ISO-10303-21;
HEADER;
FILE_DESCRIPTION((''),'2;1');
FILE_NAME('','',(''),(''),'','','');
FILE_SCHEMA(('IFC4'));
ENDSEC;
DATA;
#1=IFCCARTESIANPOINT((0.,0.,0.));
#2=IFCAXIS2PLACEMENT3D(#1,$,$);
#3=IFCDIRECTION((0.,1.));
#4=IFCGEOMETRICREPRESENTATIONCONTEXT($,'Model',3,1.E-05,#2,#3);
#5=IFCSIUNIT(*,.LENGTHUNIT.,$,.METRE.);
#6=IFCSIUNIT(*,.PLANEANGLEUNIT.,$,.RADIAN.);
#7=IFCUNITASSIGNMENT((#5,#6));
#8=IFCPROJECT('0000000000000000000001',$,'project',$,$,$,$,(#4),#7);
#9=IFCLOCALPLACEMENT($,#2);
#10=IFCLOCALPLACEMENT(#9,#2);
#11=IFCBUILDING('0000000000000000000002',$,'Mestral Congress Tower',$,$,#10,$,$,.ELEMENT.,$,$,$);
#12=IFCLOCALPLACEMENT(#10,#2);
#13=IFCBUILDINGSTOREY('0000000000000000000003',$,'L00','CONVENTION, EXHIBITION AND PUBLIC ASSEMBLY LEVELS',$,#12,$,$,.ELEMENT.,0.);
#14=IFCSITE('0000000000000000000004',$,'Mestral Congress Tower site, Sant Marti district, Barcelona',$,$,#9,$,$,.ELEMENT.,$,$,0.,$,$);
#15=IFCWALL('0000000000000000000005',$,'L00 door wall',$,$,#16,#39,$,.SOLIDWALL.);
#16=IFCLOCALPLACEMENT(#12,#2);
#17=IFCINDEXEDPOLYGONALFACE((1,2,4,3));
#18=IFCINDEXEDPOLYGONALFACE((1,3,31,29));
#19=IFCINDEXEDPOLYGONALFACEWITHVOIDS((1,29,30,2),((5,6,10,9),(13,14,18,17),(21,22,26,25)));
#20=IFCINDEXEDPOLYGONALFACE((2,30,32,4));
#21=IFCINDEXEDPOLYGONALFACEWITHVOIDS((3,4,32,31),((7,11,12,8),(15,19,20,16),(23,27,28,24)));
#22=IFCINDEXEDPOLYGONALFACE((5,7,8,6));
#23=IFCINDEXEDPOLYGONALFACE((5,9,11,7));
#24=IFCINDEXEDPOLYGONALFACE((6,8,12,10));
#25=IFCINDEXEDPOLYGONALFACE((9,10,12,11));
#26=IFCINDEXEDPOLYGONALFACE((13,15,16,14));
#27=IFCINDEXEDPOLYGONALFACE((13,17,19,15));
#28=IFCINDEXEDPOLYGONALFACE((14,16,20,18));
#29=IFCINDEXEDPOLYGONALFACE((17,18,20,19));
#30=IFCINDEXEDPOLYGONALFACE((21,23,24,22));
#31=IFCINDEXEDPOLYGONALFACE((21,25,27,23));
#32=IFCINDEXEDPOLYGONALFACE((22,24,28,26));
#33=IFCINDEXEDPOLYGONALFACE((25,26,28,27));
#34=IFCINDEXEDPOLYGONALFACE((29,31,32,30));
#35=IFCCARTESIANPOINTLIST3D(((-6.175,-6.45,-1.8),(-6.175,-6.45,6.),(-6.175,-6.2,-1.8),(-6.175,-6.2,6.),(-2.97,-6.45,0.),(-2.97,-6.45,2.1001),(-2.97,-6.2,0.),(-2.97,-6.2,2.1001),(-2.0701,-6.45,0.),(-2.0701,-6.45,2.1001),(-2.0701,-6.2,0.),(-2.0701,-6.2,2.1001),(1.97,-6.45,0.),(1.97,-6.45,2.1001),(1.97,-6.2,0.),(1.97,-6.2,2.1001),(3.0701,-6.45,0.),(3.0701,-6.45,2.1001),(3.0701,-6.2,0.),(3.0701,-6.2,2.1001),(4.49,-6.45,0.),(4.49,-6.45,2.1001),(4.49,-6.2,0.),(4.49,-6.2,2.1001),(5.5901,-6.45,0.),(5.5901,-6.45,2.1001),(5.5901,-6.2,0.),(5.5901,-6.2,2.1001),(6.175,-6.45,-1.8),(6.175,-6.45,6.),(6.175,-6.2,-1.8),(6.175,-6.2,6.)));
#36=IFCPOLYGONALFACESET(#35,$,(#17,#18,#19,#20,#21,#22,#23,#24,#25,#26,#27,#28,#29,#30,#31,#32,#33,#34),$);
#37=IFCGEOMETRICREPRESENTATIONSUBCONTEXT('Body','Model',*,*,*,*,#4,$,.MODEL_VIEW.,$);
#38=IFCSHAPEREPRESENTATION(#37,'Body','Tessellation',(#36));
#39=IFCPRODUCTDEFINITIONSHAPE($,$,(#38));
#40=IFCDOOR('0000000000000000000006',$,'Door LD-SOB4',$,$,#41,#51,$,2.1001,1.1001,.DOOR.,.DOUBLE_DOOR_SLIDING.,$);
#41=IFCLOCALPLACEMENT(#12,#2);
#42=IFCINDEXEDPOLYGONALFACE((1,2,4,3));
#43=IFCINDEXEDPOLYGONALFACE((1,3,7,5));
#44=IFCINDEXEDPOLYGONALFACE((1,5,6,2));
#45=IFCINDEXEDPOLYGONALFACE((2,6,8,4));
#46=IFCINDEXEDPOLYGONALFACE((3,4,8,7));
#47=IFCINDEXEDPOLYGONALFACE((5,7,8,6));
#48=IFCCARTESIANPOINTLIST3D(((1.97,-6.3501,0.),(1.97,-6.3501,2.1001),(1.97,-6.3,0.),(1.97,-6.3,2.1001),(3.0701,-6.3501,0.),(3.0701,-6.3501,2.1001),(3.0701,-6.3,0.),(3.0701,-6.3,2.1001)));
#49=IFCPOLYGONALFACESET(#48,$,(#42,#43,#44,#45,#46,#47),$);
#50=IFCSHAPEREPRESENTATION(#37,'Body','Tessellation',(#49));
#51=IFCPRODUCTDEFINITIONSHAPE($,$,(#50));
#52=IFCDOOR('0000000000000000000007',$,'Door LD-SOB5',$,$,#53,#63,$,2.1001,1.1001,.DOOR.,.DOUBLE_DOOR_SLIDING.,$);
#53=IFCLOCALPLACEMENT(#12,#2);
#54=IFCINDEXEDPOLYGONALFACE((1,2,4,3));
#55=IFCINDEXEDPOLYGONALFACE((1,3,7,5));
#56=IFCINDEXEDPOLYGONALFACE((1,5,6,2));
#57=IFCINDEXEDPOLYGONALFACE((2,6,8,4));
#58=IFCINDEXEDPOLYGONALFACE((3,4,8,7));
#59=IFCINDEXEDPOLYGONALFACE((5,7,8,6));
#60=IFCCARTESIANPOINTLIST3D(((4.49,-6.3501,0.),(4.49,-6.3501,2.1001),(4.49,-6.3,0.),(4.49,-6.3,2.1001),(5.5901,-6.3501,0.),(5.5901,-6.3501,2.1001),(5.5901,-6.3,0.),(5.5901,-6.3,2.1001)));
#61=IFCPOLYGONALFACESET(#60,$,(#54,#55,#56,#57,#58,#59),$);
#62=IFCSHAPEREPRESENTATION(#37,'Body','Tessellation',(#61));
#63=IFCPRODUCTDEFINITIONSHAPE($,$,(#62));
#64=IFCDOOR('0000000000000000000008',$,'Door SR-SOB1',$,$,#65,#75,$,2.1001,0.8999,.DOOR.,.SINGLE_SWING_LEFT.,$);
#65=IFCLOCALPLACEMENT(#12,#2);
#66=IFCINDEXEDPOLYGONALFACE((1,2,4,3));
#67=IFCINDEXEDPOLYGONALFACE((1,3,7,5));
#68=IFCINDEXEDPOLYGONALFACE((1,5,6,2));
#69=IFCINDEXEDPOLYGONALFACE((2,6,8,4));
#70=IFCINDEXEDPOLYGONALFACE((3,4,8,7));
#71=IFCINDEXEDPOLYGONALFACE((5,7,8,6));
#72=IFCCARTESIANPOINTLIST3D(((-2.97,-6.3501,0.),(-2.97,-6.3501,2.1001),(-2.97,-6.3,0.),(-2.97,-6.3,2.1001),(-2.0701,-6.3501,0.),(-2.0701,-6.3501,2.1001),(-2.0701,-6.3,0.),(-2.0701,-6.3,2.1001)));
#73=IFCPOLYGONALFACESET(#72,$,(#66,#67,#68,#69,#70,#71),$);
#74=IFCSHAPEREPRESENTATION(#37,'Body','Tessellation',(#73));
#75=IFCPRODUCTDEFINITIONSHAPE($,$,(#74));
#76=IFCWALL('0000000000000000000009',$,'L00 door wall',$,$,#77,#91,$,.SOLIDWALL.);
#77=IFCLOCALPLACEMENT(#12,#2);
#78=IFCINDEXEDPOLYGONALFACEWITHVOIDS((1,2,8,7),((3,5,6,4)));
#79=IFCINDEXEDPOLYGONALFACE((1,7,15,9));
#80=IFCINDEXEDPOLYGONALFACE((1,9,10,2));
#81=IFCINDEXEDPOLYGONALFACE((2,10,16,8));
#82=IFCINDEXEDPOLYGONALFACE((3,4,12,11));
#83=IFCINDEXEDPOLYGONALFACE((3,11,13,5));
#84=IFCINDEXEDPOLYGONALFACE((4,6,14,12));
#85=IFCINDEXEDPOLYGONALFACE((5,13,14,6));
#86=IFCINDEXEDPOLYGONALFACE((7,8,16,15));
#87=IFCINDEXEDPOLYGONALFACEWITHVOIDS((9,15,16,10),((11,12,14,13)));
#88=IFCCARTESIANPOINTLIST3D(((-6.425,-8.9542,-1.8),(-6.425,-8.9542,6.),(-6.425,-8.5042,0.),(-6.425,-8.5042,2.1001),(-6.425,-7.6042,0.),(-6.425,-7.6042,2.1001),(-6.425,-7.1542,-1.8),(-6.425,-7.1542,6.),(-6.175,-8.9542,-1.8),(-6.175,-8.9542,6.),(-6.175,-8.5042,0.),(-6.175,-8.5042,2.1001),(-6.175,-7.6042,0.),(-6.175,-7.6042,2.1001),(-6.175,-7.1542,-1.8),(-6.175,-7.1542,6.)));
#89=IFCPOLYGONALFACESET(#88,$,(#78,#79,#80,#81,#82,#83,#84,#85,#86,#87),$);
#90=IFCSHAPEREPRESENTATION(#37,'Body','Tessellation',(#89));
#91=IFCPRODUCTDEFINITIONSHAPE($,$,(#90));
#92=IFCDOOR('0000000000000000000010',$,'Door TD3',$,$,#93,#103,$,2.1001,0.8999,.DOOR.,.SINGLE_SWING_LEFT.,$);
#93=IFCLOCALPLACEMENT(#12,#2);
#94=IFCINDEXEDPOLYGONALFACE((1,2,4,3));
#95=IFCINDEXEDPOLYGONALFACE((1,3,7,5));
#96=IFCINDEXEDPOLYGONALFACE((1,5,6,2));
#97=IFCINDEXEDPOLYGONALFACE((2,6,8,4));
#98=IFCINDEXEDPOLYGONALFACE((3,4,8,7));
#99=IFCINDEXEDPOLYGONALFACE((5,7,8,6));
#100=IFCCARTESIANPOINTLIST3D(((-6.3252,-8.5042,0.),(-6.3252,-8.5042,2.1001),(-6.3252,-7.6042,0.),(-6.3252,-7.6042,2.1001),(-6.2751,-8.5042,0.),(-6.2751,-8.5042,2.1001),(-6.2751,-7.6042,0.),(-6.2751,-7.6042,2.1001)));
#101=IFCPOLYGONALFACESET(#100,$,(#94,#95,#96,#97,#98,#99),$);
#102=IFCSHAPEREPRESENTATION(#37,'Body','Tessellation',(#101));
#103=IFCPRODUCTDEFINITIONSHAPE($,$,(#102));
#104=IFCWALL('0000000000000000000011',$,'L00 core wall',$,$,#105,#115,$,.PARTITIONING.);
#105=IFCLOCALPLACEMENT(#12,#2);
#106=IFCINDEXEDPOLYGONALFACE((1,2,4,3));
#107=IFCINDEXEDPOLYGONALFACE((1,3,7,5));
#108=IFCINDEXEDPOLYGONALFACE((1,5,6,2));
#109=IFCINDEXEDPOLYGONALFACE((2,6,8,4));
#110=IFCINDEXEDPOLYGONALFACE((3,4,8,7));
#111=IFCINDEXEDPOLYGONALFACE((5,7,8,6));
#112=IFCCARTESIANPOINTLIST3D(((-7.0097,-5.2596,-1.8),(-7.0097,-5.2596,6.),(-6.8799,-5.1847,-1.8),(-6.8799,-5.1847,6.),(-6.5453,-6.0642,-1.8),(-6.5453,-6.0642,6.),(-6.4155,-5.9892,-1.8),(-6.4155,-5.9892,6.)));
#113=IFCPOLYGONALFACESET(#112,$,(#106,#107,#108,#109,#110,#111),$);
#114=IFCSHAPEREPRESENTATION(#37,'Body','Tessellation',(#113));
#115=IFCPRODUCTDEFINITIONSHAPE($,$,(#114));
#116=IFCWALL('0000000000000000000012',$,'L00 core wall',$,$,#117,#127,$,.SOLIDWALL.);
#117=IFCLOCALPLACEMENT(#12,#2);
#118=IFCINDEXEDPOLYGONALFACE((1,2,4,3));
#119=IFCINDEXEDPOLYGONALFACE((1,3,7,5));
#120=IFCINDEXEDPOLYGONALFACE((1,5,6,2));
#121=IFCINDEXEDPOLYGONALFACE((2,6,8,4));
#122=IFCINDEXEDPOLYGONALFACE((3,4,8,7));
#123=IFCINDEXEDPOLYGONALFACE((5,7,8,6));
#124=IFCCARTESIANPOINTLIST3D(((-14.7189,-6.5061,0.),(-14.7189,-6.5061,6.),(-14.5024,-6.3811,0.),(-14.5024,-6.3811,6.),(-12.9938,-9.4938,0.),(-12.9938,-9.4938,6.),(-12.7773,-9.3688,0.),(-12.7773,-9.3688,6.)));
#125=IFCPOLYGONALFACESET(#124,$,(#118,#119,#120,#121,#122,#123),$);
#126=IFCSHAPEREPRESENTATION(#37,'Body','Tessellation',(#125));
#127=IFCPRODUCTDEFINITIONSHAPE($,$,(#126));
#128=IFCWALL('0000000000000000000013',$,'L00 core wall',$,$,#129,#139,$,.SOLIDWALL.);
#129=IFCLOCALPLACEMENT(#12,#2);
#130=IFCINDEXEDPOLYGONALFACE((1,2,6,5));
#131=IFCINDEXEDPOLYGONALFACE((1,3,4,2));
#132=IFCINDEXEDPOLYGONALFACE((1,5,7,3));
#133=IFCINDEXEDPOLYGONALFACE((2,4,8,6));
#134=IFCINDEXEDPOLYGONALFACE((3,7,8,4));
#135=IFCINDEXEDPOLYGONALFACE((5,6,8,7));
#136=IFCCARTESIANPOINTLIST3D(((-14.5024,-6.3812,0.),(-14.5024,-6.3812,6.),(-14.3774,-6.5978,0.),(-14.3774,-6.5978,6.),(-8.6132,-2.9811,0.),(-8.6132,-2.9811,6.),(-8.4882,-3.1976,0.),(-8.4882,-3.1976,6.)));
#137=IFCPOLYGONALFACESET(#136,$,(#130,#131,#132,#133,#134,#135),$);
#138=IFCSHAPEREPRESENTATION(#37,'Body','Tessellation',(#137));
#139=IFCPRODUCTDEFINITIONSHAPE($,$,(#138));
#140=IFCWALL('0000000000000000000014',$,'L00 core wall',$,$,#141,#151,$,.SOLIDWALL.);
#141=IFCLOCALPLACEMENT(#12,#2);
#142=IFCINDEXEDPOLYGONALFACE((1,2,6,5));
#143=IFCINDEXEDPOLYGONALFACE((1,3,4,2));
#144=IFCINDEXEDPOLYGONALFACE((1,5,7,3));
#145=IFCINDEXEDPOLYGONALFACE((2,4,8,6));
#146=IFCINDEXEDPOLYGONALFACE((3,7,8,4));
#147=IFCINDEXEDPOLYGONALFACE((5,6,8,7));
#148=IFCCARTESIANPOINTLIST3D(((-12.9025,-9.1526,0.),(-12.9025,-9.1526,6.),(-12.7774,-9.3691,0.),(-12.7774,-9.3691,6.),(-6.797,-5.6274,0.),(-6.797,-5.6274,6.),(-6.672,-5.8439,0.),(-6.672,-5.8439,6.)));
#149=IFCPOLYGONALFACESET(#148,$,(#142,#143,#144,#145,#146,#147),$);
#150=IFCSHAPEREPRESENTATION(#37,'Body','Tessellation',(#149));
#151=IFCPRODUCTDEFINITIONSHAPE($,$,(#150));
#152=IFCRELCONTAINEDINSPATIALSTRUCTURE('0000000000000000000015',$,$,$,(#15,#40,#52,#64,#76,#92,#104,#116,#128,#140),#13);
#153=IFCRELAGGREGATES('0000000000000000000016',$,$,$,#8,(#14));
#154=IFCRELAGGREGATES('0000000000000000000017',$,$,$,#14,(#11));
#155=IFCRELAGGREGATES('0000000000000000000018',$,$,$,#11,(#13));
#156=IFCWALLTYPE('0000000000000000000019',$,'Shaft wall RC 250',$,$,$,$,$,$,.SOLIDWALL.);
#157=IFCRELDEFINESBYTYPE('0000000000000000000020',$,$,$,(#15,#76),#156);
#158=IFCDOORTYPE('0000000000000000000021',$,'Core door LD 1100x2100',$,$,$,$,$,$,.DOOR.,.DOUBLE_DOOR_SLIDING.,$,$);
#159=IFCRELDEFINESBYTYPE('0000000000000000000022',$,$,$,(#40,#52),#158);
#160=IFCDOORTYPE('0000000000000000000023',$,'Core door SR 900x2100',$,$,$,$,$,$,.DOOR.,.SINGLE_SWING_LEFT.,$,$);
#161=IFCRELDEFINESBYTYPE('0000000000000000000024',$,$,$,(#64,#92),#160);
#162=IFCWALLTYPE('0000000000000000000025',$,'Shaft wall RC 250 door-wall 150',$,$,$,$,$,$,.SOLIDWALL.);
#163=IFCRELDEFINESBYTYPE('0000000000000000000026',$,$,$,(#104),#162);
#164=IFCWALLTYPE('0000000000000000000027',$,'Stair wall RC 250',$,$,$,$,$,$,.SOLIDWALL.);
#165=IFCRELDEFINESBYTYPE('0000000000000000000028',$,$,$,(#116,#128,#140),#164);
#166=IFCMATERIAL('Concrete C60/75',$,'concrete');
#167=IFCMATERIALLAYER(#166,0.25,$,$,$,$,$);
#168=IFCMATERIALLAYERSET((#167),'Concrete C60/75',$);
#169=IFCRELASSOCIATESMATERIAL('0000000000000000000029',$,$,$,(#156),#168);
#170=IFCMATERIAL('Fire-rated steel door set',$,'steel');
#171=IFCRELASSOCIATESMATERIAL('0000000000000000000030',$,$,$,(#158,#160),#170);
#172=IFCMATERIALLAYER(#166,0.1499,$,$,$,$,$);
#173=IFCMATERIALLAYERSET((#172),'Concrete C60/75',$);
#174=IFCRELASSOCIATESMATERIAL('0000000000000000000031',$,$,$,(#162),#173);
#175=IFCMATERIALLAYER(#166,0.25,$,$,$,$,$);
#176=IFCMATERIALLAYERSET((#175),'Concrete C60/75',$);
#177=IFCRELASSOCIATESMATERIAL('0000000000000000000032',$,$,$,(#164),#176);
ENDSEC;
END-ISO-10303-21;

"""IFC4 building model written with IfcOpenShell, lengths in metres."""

from ifc_helpers import new_model, si_unit, direction, frame, frame_2d, origin, place, context, subcontext, project, spatial, rectangle, extrude, material, layer, layer_set, type_object, element, fill, save


model = new_model("IFC4")

# Units and contexts
model_context = context("Model", 3, precision=1e-05, world=origin(), true_north=direction((0.0, 1.0)))
body_context = subcontext(model_context, "Body", "Model", "MODEL_VIEW")
ifc_project = project(units=[si_unit("LENGTHUNIT", "METRE"), si_unit("PLANEANGLEUNIT", "RADIAN")], contexts=[model_context])

# Site, building, storey
site_placement = place(None, origin())
site = spatial("IfcSite", under=ifc_project, at=site_placement, Name="Mestral Congress Tower site, Sant Marti district, Barcelona", CompositionType="ELEMENT", RefElevation=0.0)
building_placement = place(site_placement, origin())
building = spatial("IfcBuilding", under=site, at=building_placement, Name="Mestral Congress Tower", CompositionType="ELEMENT")
storey_placement = place(building_placement, origin())
storey = spatial("IfcBuildingStorey", under=building, at=storey_placement, Name="L00", Description="CONVENTION, EXHIBITION AND PUBLIC ASSEMBLY LEVELS", CompositionType="ELEMENT", Elevation=0.0)

# Shared definitions
ifc_material_1 = material(Name="Concrete C60/75", Category="concrete")
ifc_layer_1 = layer(ifc_material_1, 0.25)
ifc_layer_set_1 = layer_set([ifc_layer_1], Name="Concrete C60/75")
wall_type_1 = type_object("IfcWallType", Name="Shaft wall RC 250", PredefinedType="SOLIDWALL", material=ifc_layer_set_1)

# Wall, openings, doors
ifc_material_2 = material(Name="Fire-rated steel door set", Category="steel")
door_type_1 = type_object("IfcDoorType", Name="Core door LD 1100x2100", OperationType="DOUBLE_DOOR_SLIDING", PredefinedType="DOOR", material=ifc_material_2)
wall_1_placement = place(storey_placement, frame((-6.175, -6.325, -1.8), z_axis=(0.0, 0.0, 1.0), x_axis=(1.0, 0.0, 0.0)))
wall_1 = element("IfcWall", 1, at=wall_1_placement, inside=storey, type_object=wall_type_1, Name="L00 door wall", PredefinedType="SOLIDWALL", context=body_context, shape_type="SweptSolid", body=[
    extrude(rectangle(XDim=12.3501, YDim=0.25, at=frame_2d((6.175, 0.0))), origin(), (0.0, 0.0, 1.0), 7.8),
])
opening_1_placement = place(wall_1_placement, frame((3.2051, 0.0, 1.8)))
opening_1 = element("IfcOpeningElement", 2, at=opening_1_placement, cuts=wall_1, PredefinedType="OPENING", context=body_context, shape_type="SweptSolid", body=[
    extrude(rectangle(XDim=0.8999, YDim=2.1001, at=frame_2d((0.45, 1.05))), frame((0.0, 0.135, 0.0), z_axis=(0.0, -1.0, 0.0), x_axis=(1.0, 0.0, 0.0)), (0.0, 0.0, 1.0), 0.27),
])
opening_2_placement = place(wall_1_placement, frame((8.145, 0.0, 1.8)))
opening_2 = element("IfcOpeningElement", 3, at=opening_2_placement, cuts=wall_1, PredefinedType="OPENING", context=body_context, shape_type="SweptSolid", body=[
    extrude(rectangle(XDim=1.1001, YDim=2.1001, at=frame_2d((0.55, 1.05))), frame((0.0, 0.135, 0.0), z_axis=(0.0, -1.0, 0.0), x_axis=(1.0, 0.0, 0.0)), (0.0, 0.0, 1.0), 0.27),
])
opening_3_placement = place(wall_1_placement, frame((10.665, 0.0, 1.8)))
opening_3 = element("IfcOpeningElement", 4, at=opening_3_placement, cuts=wall_1, PredefinedType="OPENING", context=body_context, shape_type="SweptSolid", body=[
    extrude(rectangle(XDim=1.1001, YDim=2.1001, at=frame_2d((0.55, 1.05))), frame((0.0, 0.135, 0.0), z_axis=(0.0, -1.0, 0.0), x_axis=(1.0, 0.0, 0.0)), (0.0, 0.0, 1.0), 0.27),
])
door_1_placement = place(opening_2_placement, origin())
door_1 = element("IfcDoor", 5, at=door_1_placement, inside=storey, type_object=door_type_1, Name="Door LD-SOB4", OperationType="DOUBLE_DOOR_SLIDING", OverallHeight=2.1001, OverallWidth=1.1001, PredefinedType="DOOR", context=body_context, shape_type="SweptSolid", body=[
    extrude(rectangle(XDim=1.1001, YDim=2.1001, at=frame_2d((0.55, 1.05))), frame((0.0, 0.0249, 0.0), z_axis=(0.0, -1.0, 0.0), x_axis=(1.0, 0.0, 0.0)), (0.0, 0.0, 1.0), 0.05),
])
fill(opening_2, door_1)
door_2_placement = place(opening_3_placement, origin())
door_2 = element("IfcDoor", 6, at=door_2_placement, inside=storey, type_object=door_type_1, Name="Door LD-SOB5", OperationType="DOUBLE_DOOR_SLIDING", OverallHeight=2.1001, OverallWidth=1.1001, PredefinedType="DOOR", context=body_context, shape_type="SweptSolid", body=[
    extrude(rectangle(XDim=1.1001, YDim=2.1001, at=frame_2d((0.55, 1.05))), frame((0.0, 0.0249, 0.0), z_axis=(0.0, -1.0, 0.0), x_axis=(1.0, 0.0, 0.0)), (0.0, 0.0, 1.0), 0.05),
])
fill(opening_3, door_2)
door_type_2 = type_object("IfcDoorType", Name="Core door SR 900x2100", OperationType="SINGLE_SWING_LEFT", PredefinedType="DOOR", material=ifc_material_2)
door_3_placement = place(opening_1_placement, origin())
door_3 = element("IfcDoor", 7, at=door_3_placement, inside=storey, type_object=door_type_2, Name="Door SR-SOB1", OperationType="SINGLE_SWING_LEFT", OverallHeight=2.1001, OverallWidth=0.8999, PredefinedType="DOOR", context=body_context, shape_type="SweptSolid", body=[
    extrude(rectangle(XDim=0.8999, YDim=2.1001, at=frame_2d((0.45, 1.05))), frame((0.0, 0.0249, 0.0), z_axis=(0.0, -1.0, 0.0), x_axis=(1.0, 0.0, 0.0)), (0.0, 0.0, 1.0), 0.05),
])
fill(opening_1, door_3)

# Wall, opening, door
wall_2_placement = place(storey_placement, frame((-6.3, -7.1543, -1.8), z_axis=(0.0, 0.0, 1.0), x_axis=(0.0, -1.0, 0.0)))
wall_2 = element("IfcWall", 8, at=wall_2_placement, inside=storey, type_object=wall_type_1, Name="L00 door wall", PredefinedType="SOLIDWALL", context=body_context, shape_type="SweptSolid", body=[
    extrude(rectangle(XDim=1.8, YDim=0.25, at=frame_2d((0.8999, 0.0))), origin(), (0.0, 0.0, 1.0), 7.8),
])
opening_4_placement = place(wall_2_placement, frame((0.45, 0.0, 1.8)))
opening_4 = element("IfcOpeningElement", 9, at=opening_4_placement, cuts=wall_2, PredefinedType="OPENING", context=body_context, shape_type="SweptSolid", body=[
    extrude(rectangle(XDim=0.8999, YDim=2.1001, at=frame_2d((0.45, 1.05))), frame((0.0, 0.135, 0.0), z_axis=(0.0, -1.0, 0.0), x_axis=(1.0, 0.0, 0.0)), (0.0, 0.0, 1.0), 0.27),
])
door_4_placement = place(opening_4_placement, origin())
door_4 = element("IfcDoor", 10, at=door_4_placement, inside=storey, type_object=door_type_2, Name="Door TD3", OperationType="SINGLE_SWING_LEFT", OverallHeight=2.1001, OverallWidth=0.8999, PredefinedType="DOOR", context=body_context, shape_type="SweptSolid", body=[
    extrude(rectangle(XDim=0.8999, YDim=2.1001, at=frame_2d((0.45, 1.05))), frame((0.0, 0.0249, 0.0), z_axis=(0.0, -1.0, 0.0), x_axis=(1.0, 0.0, 0.0)), (0.0, 0.0, 1.0), 0.05),
])
fill(opening_4, door_4)

# Walls
ifc_layer_2 = layer(ifc_material_1, 0.1499)
ifc_layer_set_2 = layer_set([ifc_layer_2], Name="Concrete C60/75")
wall_type_2 = type_object("IfcWallType", Name="Shaft wall RC 250 door-wall 150", PredefinedType="SOLIDWALL", material=ifc_layer_set_2)
wall_3_placement = place(storey_placement, frame((-6.4805, -6.0266, -1.8), z_axis=(0.0, 0.0, 1.0), x_axis=(-0.499927, 0.866067, 0.0)))
element("IfcWall", 11, at=wall_3_placement, inside=storey, type_object=wall_type_2, Name="L00 core wall", PredefinedType="PARTITIONING", context=body_context, shape_type="SweptSolid", body=[
    extrude(rectangle(XDim=0.929, YDim=0.1499, at=frame_2d((0.4644, 0.0))), origin(), (0.0, 0.0, 1.0), 7.8),
])
ifc_layer_3 = layer(ifc_material_1, 0.25)
ifc_layer_set_3 = layer_set([ifc_layer_3], Name="Concrete C60/75")
wall_type_3 = type_object("IfcWallType", Name="Stair wall RC 250", PredefinedType="SOLIDWALL", material=ifc_layer_set_3)
wall_4_placement = place(storey_placement, frame((-12.8855, -9.4314, 0.0), z_axis=(0.0, 0.0, 1.0), x_axis=(-0.500021, 0.866014, 0.0)))
element("IfcWall", 12, at=wall_4_placement, inside=storey, type_object=wall_type_3, Name="L00 core wall", PredefinedType="SOLIDWALL", context=body_context, shape_type="SweptSolid", body=[
    extrude(rectangle(XDim=3.45, YDim=0.25, at=frame_2d((1.7251, 0.0))), origin(), (0.0, 0.0, 1.0), 6.0),
])
wall_5_placement = place(storey_placement, frame((-14.4399, -6.4895, 0.0), z_axis=(0.0, 0.0, 1.0), x_axis=(0.866023, 0.500004, 0.0)))
element("IfcWall", 13, at=wall_5_placement, inside=storey, type_object=wall_type_3, Name="L00 core wall", PredefinedType="SOLIDWALL", context=body_context, shape_type="SweptSolid", body=[
    extrude(rectangle(XDim=6.8003, YDim=0.25, at=frame_2d((3.4001, 0.0))), origin(), (0.0, 0.0, 1.0), 6.0),
])
wall_6_placement = place(storey_placement, frame((-12.8398, -9.2607, 0.0), z_axis=(0.0, 0.0, 1.0), x_axis=(0.866016, 0.500016, 0.0)))
element("IfcWall", 14, at=wall_6_placement, inside=storey, type_object=wall_type_3, Name="L00 core wall", PredefinedType="SOLIDWALL", context=body_context, shape_type="SweptSolid", body=[
    extrude(rectangle(XDim=7.05, YDim=0.25, at=frame_2d((3.5249, 0.0))), origin(), (0.0, 0.0, 1.0), 6.0),
])

save(model, "model.ifc")
